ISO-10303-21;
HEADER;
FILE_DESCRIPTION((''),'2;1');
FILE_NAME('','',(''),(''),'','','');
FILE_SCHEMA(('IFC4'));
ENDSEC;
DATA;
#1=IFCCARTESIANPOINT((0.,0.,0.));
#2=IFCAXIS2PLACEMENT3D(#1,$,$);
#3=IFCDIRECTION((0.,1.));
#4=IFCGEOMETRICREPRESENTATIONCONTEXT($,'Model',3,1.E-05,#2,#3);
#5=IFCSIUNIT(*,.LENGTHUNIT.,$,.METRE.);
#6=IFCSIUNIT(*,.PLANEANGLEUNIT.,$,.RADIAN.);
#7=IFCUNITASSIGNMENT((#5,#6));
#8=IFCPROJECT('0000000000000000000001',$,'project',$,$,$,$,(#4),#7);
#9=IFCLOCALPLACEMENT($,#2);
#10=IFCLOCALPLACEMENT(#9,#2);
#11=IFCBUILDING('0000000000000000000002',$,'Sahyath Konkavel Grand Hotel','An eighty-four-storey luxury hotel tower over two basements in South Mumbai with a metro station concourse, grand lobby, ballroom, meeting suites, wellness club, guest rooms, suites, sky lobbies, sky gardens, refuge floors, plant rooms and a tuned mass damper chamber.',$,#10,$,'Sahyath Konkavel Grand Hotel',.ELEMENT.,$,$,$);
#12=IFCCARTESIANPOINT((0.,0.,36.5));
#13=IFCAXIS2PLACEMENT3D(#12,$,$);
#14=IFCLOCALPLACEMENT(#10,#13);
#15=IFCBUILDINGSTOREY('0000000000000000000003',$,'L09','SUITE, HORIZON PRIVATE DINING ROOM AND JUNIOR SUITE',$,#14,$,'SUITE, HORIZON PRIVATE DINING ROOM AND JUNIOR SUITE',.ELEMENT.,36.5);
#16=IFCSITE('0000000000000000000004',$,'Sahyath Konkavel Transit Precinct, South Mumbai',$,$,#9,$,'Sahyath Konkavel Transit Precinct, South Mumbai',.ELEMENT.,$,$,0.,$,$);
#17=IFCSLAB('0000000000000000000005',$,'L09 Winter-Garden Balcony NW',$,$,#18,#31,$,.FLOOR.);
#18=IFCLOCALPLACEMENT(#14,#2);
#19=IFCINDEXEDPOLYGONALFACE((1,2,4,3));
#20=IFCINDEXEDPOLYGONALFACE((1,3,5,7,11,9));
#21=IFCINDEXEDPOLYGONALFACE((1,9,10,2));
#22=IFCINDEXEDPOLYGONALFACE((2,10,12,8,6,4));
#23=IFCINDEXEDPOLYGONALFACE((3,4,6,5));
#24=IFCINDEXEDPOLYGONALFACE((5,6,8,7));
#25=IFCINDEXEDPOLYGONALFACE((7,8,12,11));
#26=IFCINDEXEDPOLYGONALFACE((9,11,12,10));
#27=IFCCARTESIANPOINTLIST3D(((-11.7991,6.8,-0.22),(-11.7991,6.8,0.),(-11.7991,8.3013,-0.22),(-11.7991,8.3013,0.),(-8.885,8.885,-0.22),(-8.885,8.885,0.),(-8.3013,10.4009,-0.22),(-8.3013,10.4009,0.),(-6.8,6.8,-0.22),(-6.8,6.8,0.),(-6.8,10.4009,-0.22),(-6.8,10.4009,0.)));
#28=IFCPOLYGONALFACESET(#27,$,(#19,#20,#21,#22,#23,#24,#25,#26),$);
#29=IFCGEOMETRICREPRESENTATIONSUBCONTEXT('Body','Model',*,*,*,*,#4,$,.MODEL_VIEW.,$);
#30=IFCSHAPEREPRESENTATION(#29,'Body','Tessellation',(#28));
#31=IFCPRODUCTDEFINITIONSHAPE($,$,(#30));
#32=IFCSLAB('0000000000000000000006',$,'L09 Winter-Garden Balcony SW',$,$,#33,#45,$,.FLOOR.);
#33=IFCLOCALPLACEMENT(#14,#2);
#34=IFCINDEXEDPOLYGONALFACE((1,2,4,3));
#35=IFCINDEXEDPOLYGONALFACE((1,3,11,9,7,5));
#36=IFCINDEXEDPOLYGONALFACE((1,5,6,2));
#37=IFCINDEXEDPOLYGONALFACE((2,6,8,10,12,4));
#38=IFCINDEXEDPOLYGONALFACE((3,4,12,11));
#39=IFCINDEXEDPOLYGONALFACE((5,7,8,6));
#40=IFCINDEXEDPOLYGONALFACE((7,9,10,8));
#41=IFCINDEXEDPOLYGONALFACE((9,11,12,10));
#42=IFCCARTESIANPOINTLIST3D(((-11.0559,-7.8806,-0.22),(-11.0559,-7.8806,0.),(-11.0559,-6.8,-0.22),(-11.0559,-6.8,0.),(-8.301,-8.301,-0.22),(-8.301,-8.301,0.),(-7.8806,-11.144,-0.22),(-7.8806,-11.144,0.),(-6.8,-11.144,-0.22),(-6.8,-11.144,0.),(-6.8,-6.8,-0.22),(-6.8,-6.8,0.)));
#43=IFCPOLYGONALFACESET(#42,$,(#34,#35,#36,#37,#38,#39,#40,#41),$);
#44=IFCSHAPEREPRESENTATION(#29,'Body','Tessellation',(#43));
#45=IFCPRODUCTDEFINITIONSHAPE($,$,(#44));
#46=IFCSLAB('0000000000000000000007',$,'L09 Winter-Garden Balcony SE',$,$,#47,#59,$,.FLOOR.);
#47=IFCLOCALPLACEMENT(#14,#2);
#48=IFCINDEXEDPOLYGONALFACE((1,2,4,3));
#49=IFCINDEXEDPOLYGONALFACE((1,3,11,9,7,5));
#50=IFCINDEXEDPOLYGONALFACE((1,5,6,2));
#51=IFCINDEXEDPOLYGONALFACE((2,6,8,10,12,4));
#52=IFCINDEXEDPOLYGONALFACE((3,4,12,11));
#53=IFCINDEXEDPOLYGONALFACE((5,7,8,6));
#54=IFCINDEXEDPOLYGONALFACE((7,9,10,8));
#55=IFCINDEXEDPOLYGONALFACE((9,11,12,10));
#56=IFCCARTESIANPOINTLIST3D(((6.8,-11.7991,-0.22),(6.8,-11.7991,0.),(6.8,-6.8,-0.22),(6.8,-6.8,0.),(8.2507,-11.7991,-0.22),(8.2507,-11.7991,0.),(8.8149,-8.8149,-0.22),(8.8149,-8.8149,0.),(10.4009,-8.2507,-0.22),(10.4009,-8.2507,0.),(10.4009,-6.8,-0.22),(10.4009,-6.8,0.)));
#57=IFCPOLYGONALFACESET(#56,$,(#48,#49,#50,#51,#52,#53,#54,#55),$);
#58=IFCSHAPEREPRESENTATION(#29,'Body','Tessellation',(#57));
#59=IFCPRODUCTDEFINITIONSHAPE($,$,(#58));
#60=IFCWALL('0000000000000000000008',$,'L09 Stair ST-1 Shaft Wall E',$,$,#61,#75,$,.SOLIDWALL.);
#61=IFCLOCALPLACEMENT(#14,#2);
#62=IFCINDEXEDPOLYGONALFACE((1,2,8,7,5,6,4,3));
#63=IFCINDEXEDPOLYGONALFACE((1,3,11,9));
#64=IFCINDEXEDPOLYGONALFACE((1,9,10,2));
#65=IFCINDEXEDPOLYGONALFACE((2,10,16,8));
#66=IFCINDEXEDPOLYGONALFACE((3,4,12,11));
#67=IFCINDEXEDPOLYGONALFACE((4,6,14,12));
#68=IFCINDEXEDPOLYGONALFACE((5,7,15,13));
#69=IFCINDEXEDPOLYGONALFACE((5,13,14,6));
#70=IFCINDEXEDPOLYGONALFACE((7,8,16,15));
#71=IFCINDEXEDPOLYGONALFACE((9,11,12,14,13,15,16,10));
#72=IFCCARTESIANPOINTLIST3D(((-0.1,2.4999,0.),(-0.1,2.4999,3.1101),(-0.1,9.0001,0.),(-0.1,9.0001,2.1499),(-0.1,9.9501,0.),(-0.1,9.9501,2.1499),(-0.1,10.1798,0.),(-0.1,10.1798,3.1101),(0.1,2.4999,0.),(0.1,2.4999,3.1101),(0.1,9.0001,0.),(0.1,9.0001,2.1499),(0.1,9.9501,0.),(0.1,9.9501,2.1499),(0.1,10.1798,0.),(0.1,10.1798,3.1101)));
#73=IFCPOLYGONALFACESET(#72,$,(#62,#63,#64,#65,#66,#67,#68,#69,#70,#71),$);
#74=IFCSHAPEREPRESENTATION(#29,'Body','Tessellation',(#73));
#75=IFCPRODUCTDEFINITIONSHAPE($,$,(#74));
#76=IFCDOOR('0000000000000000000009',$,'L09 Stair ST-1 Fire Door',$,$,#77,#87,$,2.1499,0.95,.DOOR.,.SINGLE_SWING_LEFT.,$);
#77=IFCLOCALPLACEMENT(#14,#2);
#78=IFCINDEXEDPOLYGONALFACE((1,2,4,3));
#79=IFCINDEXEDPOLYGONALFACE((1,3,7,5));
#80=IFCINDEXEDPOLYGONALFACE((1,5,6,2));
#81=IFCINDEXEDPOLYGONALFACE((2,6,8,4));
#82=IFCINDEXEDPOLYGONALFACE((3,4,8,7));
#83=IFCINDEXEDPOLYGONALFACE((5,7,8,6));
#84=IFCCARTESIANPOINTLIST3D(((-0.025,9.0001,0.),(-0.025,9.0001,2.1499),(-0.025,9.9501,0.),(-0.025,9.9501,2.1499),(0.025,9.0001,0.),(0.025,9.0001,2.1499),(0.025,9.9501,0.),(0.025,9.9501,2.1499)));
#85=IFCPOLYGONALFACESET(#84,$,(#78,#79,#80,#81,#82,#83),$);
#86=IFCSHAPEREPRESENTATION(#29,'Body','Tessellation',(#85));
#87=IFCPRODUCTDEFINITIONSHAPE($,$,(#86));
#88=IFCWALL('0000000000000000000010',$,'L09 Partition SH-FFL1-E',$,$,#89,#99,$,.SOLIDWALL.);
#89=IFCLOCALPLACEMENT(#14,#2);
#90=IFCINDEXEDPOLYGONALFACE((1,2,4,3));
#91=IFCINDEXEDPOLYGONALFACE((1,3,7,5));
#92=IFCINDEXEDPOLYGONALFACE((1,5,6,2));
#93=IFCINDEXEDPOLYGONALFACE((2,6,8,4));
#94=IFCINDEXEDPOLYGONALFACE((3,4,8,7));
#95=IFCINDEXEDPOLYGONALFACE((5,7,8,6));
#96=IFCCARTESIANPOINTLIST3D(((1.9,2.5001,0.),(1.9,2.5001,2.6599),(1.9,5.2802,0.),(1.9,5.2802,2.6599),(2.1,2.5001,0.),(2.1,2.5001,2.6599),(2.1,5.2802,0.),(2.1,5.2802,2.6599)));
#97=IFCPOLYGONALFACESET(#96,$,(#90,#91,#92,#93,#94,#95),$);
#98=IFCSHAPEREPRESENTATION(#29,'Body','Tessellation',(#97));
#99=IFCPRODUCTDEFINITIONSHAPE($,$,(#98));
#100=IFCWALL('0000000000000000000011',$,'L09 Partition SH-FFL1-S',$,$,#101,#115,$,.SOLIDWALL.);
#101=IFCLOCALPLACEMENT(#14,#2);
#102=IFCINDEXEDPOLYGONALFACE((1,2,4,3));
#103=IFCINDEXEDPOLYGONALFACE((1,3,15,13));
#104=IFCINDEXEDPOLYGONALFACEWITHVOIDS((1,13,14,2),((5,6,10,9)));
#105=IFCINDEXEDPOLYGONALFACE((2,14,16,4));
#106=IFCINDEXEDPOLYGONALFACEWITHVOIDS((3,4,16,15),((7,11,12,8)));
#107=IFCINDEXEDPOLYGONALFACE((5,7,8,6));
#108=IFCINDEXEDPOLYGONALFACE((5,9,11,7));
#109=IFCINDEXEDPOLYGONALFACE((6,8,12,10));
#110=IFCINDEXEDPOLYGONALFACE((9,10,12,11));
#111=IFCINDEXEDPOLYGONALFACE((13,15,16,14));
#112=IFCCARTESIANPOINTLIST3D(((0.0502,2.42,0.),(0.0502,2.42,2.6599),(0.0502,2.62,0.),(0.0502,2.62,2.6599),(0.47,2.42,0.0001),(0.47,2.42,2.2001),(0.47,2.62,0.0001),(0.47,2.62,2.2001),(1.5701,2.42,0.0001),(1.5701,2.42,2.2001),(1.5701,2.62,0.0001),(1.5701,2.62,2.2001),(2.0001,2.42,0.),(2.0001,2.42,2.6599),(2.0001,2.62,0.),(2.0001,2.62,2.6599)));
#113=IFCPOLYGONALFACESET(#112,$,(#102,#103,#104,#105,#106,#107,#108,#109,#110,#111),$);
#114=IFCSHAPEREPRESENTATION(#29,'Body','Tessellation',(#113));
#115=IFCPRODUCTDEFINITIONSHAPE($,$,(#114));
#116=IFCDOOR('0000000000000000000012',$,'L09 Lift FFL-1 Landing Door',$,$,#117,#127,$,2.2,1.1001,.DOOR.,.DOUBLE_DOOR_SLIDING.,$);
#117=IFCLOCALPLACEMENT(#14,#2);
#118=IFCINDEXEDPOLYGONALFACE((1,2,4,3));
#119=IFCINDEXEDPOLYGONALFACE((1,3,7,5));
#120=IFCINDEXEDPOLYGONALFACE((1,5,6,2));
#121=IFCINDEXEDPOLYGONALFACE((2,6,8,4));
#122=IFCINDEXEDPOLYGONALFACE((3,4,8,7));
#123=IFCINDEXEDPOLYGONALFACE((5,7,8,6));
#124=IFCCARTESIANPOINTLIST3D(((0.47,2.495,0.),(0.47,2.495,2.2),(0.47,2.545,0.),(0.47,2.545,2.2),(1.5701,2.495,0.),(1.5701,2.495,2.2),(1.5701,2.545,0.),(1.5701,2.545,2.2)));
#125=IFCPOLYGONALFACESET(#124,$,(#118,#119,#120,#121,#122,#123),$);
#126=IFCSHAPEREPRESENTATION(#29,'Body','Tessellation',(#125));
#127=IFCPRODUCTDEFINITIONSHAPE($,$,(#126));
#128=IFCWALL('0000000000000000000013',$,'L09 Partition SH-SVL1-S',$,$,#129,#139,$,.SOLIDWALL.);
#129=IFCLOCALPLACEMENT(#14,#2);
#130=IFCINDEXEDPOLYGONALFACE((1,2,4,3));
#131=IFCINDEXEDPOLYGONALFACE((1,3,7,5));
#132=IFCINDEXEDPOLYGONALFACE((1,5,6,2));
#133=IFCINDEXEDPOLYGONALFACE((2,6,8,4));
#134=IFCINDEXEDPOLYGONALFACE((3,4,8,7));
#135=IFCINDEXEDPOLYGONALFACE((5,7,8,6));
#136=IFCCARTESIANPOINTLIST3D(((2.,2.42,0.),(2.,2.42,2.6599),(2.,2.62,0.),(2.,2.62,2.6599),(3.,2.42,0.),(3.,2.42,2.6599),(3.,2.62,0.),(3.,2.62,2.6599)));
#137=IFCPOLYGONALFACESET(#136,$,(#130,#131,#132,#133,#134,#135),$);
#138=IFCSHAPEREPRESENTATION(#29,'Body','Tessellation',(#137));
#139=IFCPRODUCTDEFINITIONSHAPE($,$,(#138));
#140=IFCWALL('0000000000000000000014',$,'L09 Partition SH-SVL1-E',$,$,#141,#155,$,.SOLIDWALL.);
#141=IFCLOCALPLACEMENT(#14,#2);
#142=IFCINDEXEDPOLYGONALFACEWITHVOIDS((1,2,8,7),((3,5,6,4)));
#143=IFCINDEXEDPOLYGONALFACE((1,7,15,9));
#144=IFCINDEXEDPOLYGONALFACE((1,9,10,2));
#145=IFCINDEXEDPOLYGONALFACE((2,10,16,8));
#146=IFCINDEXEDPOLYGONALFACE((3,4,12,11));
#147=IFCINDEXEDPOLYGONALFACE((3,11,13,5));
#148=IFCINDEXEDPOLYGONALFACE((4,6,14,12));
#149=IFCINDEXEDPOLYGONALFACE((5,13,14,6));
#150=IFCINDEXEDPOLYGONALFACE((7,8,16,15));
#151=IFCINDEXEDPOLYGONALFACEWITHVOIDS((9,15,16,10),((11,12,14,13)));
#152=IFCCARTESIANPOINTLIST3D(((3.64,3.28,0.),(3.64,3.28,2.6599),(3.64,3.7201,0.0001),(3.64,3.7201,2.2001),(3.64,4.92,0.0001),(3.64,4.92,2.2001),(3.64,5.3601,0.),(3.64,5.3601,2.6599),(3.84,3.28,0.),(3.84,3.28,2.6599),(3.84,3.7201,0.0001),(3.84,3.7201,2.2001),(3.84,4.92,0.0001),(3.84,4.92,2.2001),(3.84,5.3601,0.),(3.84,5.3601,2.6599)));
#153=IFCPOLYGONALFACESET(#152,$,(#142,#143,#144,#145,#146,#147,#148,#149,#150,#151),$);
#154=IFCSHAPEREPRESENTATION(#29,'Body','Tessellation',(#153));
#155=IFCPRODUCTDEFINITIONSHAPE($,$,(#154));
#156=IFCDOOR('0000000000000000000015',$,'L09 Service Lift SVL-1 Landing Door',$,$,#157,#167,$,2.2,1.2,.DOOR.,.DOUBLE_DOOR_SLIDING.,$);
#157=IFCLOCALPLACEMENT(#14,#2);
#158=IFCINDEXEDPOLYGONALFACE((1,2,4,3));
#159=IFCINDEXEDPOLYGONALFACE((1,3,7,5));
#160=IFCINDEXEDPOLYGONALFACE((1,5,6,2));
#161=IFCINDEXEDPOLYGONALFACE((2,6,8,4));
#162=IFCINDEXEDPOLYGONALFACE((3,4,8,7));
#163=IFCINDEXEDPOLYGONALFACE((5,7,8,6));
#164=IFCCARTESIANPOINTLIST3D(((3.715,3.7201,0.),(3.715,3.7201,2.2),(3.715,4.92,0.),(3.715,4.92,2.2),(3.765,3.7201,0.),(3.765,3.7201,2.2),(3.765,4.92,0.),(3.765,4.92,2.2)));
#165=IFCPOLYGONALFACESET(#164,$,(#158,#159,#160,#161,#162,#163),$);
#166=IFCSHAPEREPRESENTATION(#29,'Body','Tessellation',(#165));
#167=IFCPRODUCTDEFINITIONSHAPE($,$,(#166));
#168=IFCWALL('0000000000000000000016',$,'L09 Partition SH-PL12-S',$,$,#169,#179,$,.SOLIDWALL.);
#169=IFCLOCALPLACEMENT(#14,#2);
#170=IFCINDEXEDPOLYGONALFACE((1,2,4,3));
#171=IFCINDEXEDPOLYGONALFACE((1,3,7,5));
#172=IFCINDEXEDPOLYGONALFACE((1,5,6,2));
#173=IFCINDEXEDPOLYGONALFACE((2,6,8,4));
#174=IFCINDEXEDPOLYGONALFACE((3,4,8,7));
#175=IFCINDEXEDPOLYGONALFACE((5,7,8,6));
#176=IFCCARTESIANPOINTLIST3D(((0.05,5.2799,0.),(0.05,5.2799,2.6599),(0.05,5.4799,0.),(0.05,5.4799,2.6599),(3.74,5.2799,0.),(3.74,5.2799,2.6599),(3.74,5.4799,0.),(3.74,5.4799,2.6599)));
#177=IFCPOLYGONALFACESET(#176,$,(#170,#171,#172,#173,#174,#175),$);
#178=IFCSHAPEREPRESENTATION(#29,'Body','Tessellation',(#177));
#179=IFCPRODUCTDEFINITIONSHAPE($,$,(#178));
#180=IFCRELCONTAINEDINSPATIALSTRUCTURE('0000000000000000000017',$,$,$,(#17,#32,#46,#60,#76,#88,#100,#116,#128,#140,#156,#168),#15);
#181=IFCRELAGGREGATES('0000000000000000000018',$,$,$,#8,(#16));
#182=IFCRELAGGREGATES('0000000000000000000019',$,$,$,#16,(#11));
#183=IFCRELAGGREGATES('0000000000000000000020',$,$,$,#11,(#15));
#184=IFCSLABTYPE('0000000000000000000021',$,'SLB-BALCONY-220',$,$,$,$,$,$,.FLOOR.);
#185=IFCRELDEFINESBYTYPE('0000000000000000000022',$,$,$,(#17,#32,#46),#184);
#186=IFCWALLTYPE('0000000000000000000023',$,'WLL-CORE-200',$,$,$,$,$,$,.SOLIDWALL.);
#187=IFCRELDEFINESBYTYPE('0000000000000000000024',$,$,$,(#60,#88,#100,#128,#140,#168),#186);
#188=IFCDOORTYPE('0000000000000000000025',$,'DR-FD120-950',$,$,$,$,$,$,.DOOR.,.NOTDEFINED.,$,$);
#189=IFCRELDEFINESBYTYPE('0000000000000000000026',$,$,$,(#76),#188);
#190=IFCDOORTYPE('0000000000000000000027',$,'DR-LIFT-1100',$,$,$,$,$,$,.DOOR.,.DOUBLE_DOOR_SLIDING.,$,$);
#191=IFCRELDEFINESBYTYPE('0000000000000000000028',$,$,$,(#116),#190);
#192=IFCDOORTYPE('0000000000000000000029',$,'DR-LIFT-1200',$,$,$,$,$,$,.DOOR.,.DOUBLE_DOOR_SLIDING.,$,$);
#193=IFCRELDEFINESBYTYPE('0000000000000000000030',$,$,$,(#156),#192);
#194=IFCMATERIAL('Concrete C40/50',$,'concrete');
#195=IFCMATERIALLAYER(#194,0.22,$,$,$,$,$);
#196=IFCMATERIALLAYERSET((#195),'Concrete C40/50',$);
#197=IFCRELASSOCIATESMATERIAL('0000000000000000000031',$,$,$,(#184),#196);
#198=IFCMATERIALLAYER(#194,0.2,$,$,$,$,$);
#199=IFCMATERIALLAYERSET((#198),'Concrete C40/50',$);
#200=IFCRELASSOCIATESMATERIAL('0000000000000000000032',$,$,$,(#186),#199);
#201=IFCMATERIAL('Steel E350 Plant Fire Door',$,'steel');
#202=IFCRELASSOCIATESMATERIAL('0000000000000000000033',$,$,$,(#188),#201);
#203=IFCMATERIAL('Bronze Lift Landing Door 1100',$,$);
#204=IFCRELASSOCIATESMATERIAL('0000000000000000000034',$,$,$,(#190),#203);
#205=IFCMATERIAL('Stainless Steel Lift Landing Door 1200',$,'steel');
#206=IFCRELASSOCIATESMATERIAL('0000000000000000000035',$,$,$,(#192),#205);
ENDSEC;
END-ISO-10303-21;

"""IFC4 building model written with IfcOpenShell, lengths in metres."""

from ifc_helpers import new_model, si_unit, direction, frame, frame_2d, origin, origin_2d, place, context, subcontext, project, spatial, polyline, rectangle, outline, extrude, source, transform, mapped, material, layer, layer_set, type_object, element, fill, save


model = new_model("IFC4")

# Units and contexts
model_context = context("Model", 3, precision=1e-05, world=origin(), true_north=direction((0.0, 1.0)))
body_context = subcontext(model_context, "Body", "Model", "MODEL_VIEW")
ifc_project = project(units=[si_unit("LENGTHUNIT", "METRE"), si_unit("PLANEANGLEUNIT", "RADIAN")], contexts=[model_context])

# Site, building, storey
site_placement = place(None, origin())
site = spatial("IfcSite", under=ifc_project, at=site_placement, Name="Sahyath Konkavel Transit Precinct, South Mumbai", LongName="Sahyath Konkavel Transit Precinct, South Mumbai", CompositionType="ELEMENT", RefElevation=0.0)
building_placement = place(site_placement, origin())
building = spatial("IfcBuilding", under=site, at=building_placement, Name="Sahyath Konkavel Grand Hotel", Description="An eighty-four-storey luxury hotel tower over two basements in South Mumbai with a metro station concourse, grand lobby, ballroom, meeting suites, wellness club, guest rooms, suites, sky lobbies, sky gardens, refuge floors, plant rooms and a tuned mass damper chamber.", LongName="Sahyath Konkavel Grand Hotel", CompositionType="ELEMENT")
storey_placement = place(building_placement, frame((0.0, 0.0, 36.5)))
storey = spatial("IfcBuildingStorey", under=building, at=storey_placement, Name="L09", Description="SUITE, HORIZON PRIVATE DINING ROOM AND JUNIOR SUITE", LongName="SUITE, HORIZON PRIVATE DINING ROOM AND JUNIOR SUITE", CompositionType="ELEMENT", Elevation=36.5)

# Slabs
ifc_material_1 = material(Name="Concrete C40/50", Category="concrete")
ifc_layer_1 = layer(ifc_material_1, 0.22)
ifc_layer_set_1 = layer_set([ifc_layer_1], Name="Concrete C40/50")
slab_type = type_object("IfcSlabType", Name="SLB-BALCONY-220", PredefinedType="FLOOR", material=ifc_layer_set_1)
slab_1_placement = place(storey_placement, frame((0.0, 0.0, -0.22)))
element("IfcSlab", 1, at=slab_1_placement, inside=storey, type_object=slab_type, Name="L09 Winter-Garden Balcony NW", PredefinedType="FLOOR", context=body_context, shape_type="SweptSolid", body=[
    extrude(outline(polyline([(-6.8, 6.8), (-6.8, 10.4009), (-8.3013, 10.4009), (-8.885, 8.885), (-11.7991, 8.3013), (-11.7991, 6.8), (-6.8, 6.8)])), origin(), (0.0, 0.0, 1.0), 0.22),
])
slab_2_placement = place(storey_placement, frame((0.0, 0.0, -0.22)))
element("IfcSlab", 2, at=slab_2_placement, inside=storey, type_object=slab_type, Name="L09 Winter-Garden Balcony SW", PredefinedType="FLOOR", context=body_context, shape_type="SweptSolid", body=[
    extrude(outline(polyline([(-6.8, -6.8), (-11.0559, -6.8), (-11.0559, -7.8806), (-8.301, -8.301), (-7.8806, -11.144), (-6.8, -11.144), (-6.8, -6.8)])), origin(), (0.0, 0.0, 1.0), 0.22),
])
slab_3_placement = place(storey_placement, frame((0.0, 0.0, -0.22)))
element("IfcSlab", 3, at=slab_3_placement, inside=storey, type_object=slab_type, Name="L09 Winter-Garden Balcony SE", PredefinedType="FLOOR", context=body_context, shape_type="SweptSolid", body=[
    extrude(outline(polyline([(6.8, -6.8), (6.8, -11.7991), (8.2507, -11.7991), (8.8149, -8.8149), (10.4009, -8.2507), (10.4009, -6.8), (6.8, -6.8)])), origin(), (0.0, 0.0, 1.0), 0.22),
])

# Wall, opening, door
ifc_layer_2 = layer(ifc_material_1, 0.2)
ifc_layer_set_2 = layer_set([ifc_layer_2], Name="Concrete C40/50")
wall_type_1 = type_object("IfcWallType", Name="WLL-CORE-200", PredefinedType="SOLIDWALL", material=ifc_layer_set_2)
wall_1_placement = place(storey_placement, frame((0.0, 2.5, 0.0), z_axis=(0.0, 0.0, 1.0), x_axis=(0.0, 1.0, 0.0)))
wall_1 = element("IfcWall", 4, at=wall_1_placement, inside=storey, type_object=wall_type_1, Name="L09 Stair ST-1 Shaft Wall E", PredefinedType="SOLIDWALL", context=body_context, shape_type="SweptSolid", body=[
    extrude(rectangle(XDim=7.6799, YDim=0.2, at=frame_2d((3.8398, 0.0))), origin(), (0.0, 0.0, 1.0), 3.1101),
])
opening_1_placement = place(wall_1_placement, frame((6.5, 0.0, 0.0)))
opening_1 = element("IfcOpeningElement", 5, at=opening_1_placement, cuts=wall_1, PredefinedType="OPENING", context=body_context, shape_type="SweptSolid", body=[
    extrude(rectangle(XDim=0.95, YDim=2.1499, at=frame_2d((0.4751, 1.075))), frame((0.0, 0.1099, 0.0), z_axis=(0.0, -1.0, 0.0), x_axis=(1.0, 0.0, 0.0)), (0.0, 0.0, 1.0), 0.22),
])
ifc_material_2 = material(Name="Steel E350 Plant Fire Door", Category="steel")
door_type_1 = type_object("IfcDoorType", Name="DR-FD120-950", OperationType="NOTDEFINED", PredefinedType="DOOR", material=ifc_material_2)
shared_shape_1 = source(origin(), body_context, "Body", "SweptSolid", [
    extrude(rectangle(XDim=0.95, YDim=0.05, at=origin_2d()), origin(), (0.0, 0.0, 1.0), 2.1499),
])
door_1_placement = place(opening_1_placement, frame((0.4751, 0.0, 0.0)))
door_1 = element("IfcDoor", 6, at=door_1_placement, inside=storey, type_object=door_type_1, Name="L09 Stair ST-1 Fire Door", OperationType="SINGLE_SWING_LEFT", OverallHeight=2.1499, OverallWidth=0.95, PredefinedType="DOOR", context=body_context, shape_type="MappedRepresentation", body=[
    mapped(shared_shape_1, transform((0.0, 0.0, 0.0), scale=1.0)),
])
fill(opening_1, door_1)

# Wall
wall_2_placement = place(storey_placement, frame((2.0, 2.5, 0.0), z_axis=(0.0, 0.0, 1.0), x_axis=(0.0, 1.0, 0.0)))
element("IfcWall", 7, at=wall_2_placement, inside=storey, type_object=wall_type_1, Name="L09 Partition SH-FFL1-E", PredefinedType="SOLIDWALL", context=body_context, shape_type="SweptSolid", body=[
    extrude(rectangle(XDim=2.78, YDim=0.2, at=frame_2d((1.3901, 0.0))), origin(), (0.0, 0.0, 1.0), 2.6599),
])

# Wall, opening, door
wall_3_placement = place(storey_placement, frame((0.05, 2.52, 0.0), z_axis=(0.0, 0.0, 1.0), x_axis=(1.0, 0.0, 0.0)))
wall_3 = element("IfcWall", 8, at=wall_3_placement, inside=storey, type_object=wall_type_1, Name="L09 Partition SH-FFL1-S", PredefinedType="SOLIDWALL", context=body_context, shape_type="SweptSolid", body=[
    extrude(rectangle(XDim=1.95, YDim=0.2, at=frame_2d((0.9751, 0.0))), origin(), (0.0, 0.0, 1.0), 2.6599),
])
opening_2_placement = place(wall_3_placement, frame((0.4199, 0.0, 0.0)))
opening_2 = element("IfcOpeningElement", 9, at=opening_2_placement, cuts=wall_3, PredefinedType="OPENING", context=body_context, shape_type="SweptSolid", body=[
    extrude(rectangle(XDim=1.1001, YDim=2.2, at=frame_2d((0.55, 1.1001))), frame((0.0, 0.1099, 0.0), z_axis=(0.0, -1.0, 0.0), x_axis=(1.0, 0.0, 0.0)), (0.0, 0.0, 1.0), 0.22),
])
ifc_material_3 = material(Name="Bronze Lift Landing Door 1100")
door_type_2 = type_object("IfcDoorType", Name="DR-LIFT-1100", OperationType="DOUBLE_DOOR_SLIDING", PredefinedType="DOOR", material=ifc_material_3)
shared_shape_2 = source(origin(), body_context, "Body", "SweptSolid", [
    extrude(rectangle(XDim=1.1001, YDim=0.05, at=origin_2d()), origin(), (0.0, 0.0, 1.0), 2.2),
])
door_2_placement = place(opening_2_placement, frame((0.55, 0.0, 0.0)))
door_2 = element("IfcDoor", 10, at=door_2_placement, inside=storey, type_object=door_type_2, Name="L09 Lift FFL-1 Landing Door", OperationType="DOUBLE_DOOR_SLIDING", OverallHeight=2.2, OverallWidth=1.1001, PredefinedType="DOOR", context=body_context, shape_type="MappedRepresentation", body=[
    mapped(shared_shape_2, transform((0.0, 0.0, 0.0), scale=1.0)),
])
fill(opening_2, door_2)

# Wall
wall_4_placement = place(storey_placement, frame((2.0, 2.52, 0.0), z_axis=(0.0, 0.0, 1.0), x_axis=(1.0, 0.0, 0.0)))
element("IfcWall", 11, at=wall_4_placement, inside=storey, type_object=wall_type_1, Name="L09 Partition SH-SVL1-S", PredefinedType="SOLIDWALL", context=body_context, shape_type="SweptSolid", body=[
    extrude(rectangle(XDim=1.0, YDim=0.2, at=frame_2d((0.5, 0.0))), origin(), (0.0, 0.0, 1.0), 2.6599),
])

# Wall, opening, door
wall_5_placement = place(storey_placement, frame((3.74, 3.28, 0.0), z_axis=(0.0, 0.0, 1.0), x_axis=(0.0, 1.0, 0.0)))
wall_5 = element("IfcWall", 12, at=wall_5_placement, inside=storey, type_object=wall_type_1, Name="L09 Partition SH-SVL1-E", PredefinedType="SOLIDWALL", context=body_context, shape_type="SweptSolid", body=[
    extrude(rectangle(XDim=2.0801, YDim=0.2, at=frame_2d((1.04, 0.0))), origin(), (0.0, 0.0, 1.0), 2.6599),
])
opening_3_placement = place(wall_5_placement, frame((0.4399, 0.0, 0.0)))
opening_3 = element("IfcOpeningElement", 13, at=opening_3_placement, cuts=wall_5, PredefinedType="OPENING", context=body_context, shape_type="SweptSolid", body=[
    extrude(rectangle(XDim=1.2, YDim=2.2, at=frame_2d((0.6001, 1.1001))), frame((0.0, 0.1099, 0.0), z_axis=(0.0, -1.0, 0.0), x_axis=(1.0, 0.0, 0.0)), (0.0, 0.0, 1.0), 0.22),
])
ifc_material_4 = material(Name="Stainless Steel Lift Landing Door 1200", Category="steel")
door_type_3 = type_object("IfcDoorType", Name="DR-LIFT-1200", OperationType="DOUBLE_DOOR_SLIDING", PredefinedType="DOOR", material=ifc_material_4)
shared_shape_3 = source(origin(), body_context, "Body", "SweptSolid", [
    extrude(rectangle(XDim=1.2, YDim=0.05, at=origin_2d()), origin(), (0.0, 0.0, 1.0), 2.2),
])
door_3_placement = place(opening_3_placement, frame((0.6001, 0.0, 0.0)))
door_3 = element("IfcDoor", 14, at=door_3_placement, inside=storey, type_object=door_type_3, Name="L09 Service Lift SVL-1 Landing Door", OperationType="DOUBLE_DOOR_SLIDING", OverallHeight=2.2, OverallWidth=1.2, PredefinedType="DOOR", context=body_context, shape_type="MappedRepresentation", body=[
    mapped(shared_shape_3, transform((0.0, 0.0, 0.0), scale=1.0)),
])
fill(opening_3, door_3)

# Wall
wall_6_placement = place(storey_placement, frame((0.05, 5.3799, 0.0), z_axis=(0.0, 0.0, 1.0), x_axis=(1.0, 0.0, 0.0)))
element("IfcWall", 15, at=wall_6_placement, inside=storey, type_object=wall_type_1, Name="L09 Partition SH-PL12-S", PredefinedType="SOLIDWALL", context=body_context, shape_type="SweptSolid", body=[
    extrude(rectangle(XDim=3.6899, YDim=0.2, at=frame_2d((1.845, 0.0))), origin(), (0.0, 0.0, 1.0), 2.6599),
])

save(model, "model.ifc")
